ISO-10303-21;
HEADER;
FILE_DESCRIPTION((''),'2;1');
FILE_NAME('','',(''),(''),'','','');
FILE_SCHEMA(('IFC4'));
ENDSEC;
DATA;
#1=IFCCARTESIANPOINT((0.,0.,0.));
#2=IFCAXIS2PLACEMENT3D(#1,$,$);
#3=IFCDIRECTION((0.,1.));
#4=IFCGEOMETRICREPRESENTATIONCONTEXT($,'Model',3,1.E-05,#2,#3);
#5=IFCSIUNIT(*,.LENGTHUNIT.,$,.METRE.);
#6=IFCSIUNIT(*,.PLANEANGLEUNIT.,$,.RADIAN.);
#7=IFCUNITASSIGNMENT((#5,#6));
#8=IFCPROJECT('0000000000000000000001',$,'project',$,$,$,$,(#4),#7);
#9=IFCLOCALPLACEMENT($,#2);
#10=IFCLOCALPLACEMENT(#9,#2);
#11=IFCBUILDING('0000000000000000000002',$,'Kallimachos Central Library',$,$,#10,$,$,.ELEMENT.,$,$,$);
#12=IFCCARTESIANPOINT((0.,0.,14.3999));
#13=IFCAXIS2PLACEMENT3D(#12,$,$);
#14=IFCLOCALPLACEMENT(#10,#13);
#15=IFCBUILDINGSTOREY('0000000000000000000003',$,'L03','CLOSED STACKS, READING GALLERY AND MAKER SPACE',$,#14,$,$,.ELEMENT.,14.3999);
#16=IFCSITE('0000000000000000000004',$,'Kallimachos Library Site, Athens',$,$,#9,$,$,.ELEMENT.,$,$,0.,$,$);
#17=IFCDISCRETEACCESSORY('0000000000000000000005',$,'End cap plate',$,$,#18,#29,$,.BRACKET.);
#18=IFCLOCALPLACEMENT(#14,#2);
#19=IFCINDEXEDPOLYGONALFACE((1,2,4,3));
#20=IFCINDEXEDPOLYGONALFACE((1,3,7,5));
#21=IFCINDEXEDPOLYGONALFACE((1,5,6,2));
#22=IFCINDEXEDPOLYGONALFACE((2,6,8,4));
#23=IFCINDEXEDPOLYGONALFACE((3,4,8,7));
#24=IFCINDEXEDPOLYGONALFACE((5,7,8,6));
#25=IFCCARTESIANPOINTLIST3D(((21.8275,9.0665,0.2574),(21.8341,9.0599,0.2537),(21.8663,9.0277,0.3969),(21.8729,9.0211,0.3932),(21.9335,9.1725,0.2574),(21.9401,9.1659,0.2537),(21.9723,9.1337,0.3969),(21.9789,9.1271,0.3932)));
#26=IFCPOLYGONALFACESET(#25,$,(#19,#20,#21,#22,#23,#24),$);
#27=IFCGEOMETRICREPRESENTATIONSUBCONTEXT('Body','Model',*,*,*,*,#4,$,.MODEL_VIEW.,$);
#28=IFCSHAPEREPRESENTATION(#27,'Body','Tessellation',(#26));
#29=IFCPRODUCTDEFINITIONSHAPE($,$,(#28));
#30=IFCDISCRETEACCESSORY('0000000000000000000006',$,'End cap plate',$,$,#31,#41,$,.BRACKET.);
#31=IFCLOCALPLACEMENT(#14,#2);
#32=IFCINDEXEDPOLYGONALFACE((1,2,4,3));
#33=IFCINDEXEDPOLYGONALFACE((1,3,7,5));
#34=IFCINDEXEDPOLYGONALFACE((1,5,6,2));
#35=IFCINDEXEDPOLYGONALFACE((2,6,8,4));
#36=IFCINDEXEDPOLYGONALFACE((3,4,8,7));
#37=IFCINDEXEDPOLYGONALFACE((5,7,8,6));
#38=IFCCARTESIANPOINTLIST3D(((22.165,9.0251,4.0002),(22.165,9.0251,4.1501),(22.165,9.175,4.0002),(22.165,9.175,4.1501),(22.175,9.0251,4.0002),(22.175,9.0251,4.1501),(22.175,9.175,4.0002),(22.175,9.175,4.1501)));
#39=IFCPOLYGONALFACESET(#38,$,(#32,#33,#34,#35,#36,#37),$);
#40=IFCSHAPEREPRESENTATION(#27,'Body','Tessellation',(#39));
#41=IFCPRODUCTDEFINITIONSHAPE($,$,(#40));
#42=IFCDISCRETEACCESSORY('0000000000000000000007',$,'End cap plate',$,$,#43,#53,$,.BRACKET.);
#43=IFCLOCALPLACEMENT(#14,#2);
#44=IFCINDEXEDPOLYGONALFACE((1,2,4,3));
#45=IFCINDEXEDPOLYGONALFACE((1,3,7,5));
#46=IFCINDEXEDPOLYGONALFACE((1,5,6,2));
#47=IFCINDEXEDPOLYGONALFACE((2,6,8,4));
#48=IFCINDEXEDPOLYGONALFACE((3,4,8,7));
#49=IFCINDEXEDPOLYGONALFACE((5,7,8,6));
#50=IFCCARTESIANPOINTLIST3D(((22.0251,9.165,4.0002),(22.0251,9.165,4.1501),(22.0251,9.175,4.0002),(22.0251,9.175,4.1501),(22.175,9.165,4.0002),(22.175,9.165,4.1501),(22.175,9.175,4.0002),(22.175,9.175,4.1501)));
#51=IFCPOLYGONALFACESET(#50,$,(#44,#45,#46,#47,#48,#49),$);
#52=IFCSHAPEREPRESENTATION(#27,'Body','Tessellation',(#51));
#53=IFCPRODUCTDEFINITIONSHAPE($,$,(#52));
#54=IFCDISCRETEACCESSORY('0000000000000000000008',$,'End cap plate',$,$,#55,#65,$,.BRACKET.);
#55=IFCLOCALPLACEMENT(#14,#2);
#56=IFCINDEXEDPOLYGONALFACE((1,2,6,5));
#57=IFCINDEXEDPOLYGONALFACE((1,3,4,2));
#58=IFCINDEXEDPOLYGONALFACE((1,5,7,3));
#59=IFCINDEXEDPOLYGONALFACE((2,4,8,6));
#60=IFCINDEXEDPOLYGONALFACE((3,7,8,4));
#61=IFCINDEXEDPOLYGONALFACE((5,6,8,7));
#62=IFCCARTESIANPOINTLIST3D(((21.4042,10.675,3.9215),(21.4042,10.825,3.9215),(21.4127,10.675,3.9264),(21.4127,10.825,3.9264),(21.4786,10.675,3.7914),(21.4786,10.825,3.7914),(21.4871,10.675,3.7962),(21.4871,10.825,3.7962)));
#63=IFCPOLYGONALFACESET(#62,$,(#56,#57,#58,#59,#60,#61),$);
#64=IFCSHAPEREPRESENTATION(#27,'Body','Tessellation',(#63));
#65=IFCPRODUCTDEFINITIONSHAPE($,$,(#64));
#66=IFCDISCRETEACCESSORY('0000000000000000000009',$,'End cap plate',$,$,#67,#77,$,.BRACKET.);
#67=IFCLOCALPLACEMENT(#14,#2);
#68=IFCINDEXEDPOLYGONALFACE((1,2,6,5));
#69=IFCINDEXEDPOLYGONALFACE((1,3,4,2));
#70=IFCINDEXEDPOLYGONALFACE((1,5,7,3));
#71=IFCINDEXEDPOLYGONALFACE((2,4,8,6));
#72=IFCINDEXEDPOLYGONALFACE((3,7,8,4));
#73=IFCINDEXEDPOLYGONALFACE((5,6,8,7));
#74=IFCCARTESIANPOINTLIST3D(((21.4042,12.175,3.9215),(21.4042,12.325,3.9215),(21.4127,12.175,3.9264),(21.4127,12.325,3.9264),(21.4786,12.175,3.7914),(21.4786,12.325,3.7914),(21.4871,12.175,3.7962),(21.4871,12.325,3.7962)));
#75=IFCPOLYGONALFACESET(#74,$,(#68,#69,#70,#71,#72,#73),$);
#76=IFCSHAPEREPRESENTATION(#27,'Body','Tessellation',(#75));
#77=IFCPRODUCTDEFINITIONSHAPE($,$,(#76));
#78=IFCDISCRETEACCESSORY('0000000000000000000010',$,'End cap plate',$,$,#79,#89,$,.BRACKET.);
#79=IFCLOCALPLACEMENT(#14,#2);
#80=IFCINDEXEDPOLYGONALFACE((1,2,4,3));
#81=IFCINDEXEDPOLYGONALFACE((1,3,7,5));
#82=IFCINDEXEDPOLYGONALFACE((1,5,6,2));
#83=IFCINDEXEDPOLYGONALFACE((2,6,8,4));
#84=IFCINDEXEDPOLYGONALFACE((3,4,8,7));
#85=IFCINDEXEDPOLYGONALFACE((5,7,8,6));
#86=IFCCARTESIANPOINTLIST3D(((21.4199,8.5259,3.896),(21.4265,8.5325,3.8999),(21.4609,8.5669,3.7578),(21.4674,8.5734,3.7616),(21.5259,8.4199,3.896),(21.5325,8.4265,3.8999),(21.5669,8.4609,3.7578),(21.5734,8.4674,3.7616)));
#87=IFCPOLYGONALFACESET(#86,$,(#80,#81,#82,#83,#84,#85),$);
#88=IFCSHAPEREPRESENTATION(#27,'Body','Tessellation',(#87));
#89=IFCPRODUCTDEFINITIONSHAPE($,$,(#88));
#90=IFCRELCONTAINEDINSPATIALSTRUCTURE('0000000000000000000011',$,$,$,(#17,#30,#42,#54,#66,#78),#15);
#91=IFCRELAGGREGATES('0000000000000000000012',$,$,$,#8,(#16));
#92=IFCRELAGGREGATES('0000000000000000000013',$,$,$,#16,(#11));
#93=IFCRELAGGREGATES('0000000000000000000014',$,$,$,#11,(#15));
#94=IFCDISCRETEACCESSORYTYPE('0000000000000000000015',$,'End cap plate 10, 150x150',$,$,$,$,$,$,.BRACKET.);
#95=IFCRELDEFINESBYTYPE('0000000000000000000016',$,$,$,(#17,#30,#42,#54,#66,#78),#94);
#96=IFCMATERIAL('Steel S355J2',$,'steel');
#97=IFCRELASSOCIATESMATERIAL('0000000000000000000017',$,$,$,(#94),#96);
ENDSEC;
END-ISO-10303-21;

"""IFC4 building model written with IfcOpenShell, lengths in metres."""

from ifc_helpers import new_model, si_unit, direction, frame, origin, origin_2d, place, context, subcontext, project, spatial, rectangle, extrude, material, material_profile, profile_set, type_object, element, save


model = new_model("IFC4")

# Units and contexts
model_context = context("Model", 3, precision=1e-05, world=origin(), true_north=direction((0.0, 1.0)))
body_context = subcontext(model_context, "Body", "Model", "MODEL_VIEW")
ifc_project = project(units=[si_unit("LENGTHUNIT", "METRE"), si_unit("PLANEANGLEUNIT", "RADIAN")], contexts=[model_context])

# Site, building, storey
site_placement = place(None, origin())
site = spatial("IfcSite", under=ifc_project, at=site_placement, Name="Kallimachos Library Site, Athens", CompositionType="ELEMENT", RefElevation=0.0)
building_placement = place(site_placement, origin())
building = spatial("IfcBuilding", under=site, at=building_placement, Name="Kallimachos Central Library", CompositionType="ELEMENT")
storey_placement = place(building_placement, frame((0.0, 0.0, 14.3999)))
storey = spatial("IfcBuildingStorey", under=building, at=storey_placement, Name="L03", Description="CLOSED STACKS, READING GALLERY AND MAKER SPACE", CompositionType="ELEMENT", Elevation=14.3999)

# Discrete accessories
ifc_material_1 = material(Name="Steel S355J2", Category="steel")
ifc_material_profile_1 = material_profile(ifc_material_1, rectangle(XDim=0.1499, YDim=0.1499, at=origin_2d()), Name="End cap plate 10, 150x150")
ifc_profile_set_1 = profile_set([ifc_material_profile_1], Name="Steel S355J2")
discrete_accessory_type = type_object("IfcDiscreteAccessoryType", Name="End cap plate 10, 150x150", PredefinedType="BRACKET", material=ifc_profile_set_1)
for number, where, z_axis, x_axis, name in (
    (1, (21.9065, 9.0935, 0.3235), (-0.658145, 0.658145, 0.365636), (-0.707107, -0.707107, 0.0), "End cap plate"),
    (2, (22.165, 9.1001, 4.0752), (1.0, 0.0, 0.0), (0.0, 1.0, 0.0), "End cap plate"),
    (3, (22.1001, 9.165, 4.0752), (0.0, 1.0, 0.0), (-1.0, 0.0, 0.0), "End cap plate"),
):
    element("IfcDiscreteAccessory", number, at=place(storey_placement, frame(where, z_axis=z_axis, x_axis=x_axis)), inside=storey, type_object=discrete_accessory_type, Name=name, PredefinedType="BRACKET", context=body_context, shape_type="SweptSolid", body=[
        extrude(rectangle(XDim=0.1499, YDim=0.1499, at=origin_2d()), origin(), (0.0, 0.0, 1.0), 0.01),
    ])
for number, where, z_axis, x_axis, name in (
    (4, (21.4414, 10.75, 3.8564), (0.868243, 0.0, 0.496139), (0.0, 1.0, 0.0), "End cap plate"),
    (5, (21.4414, 12.25, 3.8564), (0.868243, 0.0, 0.496139), (0.0, 1.0, 0.0), "End cap plate"),
):
    element("IfcDiscreteAccessory", number, at=place(storey_placement, frame(where, z_axis=z_axis, x_axis=x_axis)), inside=storey, type_object=discrete_accessory_type, Name=name, PredefinedType="BRACKET", context=body_context, shape_type="SweptSolid", body=[
        extrude(rectangle(XDim=0.1499, YDim=0.1499, at=origin_2d()), origin(), (0.0, 0.0, 1.0), 0.0098),
    ])
discrete_accessory_1_placement = place(storey_placement, frame((21.4934, 8.4934, 3.8269), z_axis=(0.652166, 0.652166, 0.386469), x_axis=(-0.707107, 0.707107, 0.0)))
element("IfcDiscreteAccessory", 6, at=discrete_accessory_1_placement, inside=storey, type_object=discrete_accessory_type, Name="End cap plate", PredefinedType="BRACKET", context=body_context, shape_type="SweptSolid", body=[
    extrude(rectangle(XDim=0.1499, YDim=0.1499, at=origin_2d()), origin(), (0.0, 0.0, 1.0), 0.01),
])

save(model, "model.ifc")
